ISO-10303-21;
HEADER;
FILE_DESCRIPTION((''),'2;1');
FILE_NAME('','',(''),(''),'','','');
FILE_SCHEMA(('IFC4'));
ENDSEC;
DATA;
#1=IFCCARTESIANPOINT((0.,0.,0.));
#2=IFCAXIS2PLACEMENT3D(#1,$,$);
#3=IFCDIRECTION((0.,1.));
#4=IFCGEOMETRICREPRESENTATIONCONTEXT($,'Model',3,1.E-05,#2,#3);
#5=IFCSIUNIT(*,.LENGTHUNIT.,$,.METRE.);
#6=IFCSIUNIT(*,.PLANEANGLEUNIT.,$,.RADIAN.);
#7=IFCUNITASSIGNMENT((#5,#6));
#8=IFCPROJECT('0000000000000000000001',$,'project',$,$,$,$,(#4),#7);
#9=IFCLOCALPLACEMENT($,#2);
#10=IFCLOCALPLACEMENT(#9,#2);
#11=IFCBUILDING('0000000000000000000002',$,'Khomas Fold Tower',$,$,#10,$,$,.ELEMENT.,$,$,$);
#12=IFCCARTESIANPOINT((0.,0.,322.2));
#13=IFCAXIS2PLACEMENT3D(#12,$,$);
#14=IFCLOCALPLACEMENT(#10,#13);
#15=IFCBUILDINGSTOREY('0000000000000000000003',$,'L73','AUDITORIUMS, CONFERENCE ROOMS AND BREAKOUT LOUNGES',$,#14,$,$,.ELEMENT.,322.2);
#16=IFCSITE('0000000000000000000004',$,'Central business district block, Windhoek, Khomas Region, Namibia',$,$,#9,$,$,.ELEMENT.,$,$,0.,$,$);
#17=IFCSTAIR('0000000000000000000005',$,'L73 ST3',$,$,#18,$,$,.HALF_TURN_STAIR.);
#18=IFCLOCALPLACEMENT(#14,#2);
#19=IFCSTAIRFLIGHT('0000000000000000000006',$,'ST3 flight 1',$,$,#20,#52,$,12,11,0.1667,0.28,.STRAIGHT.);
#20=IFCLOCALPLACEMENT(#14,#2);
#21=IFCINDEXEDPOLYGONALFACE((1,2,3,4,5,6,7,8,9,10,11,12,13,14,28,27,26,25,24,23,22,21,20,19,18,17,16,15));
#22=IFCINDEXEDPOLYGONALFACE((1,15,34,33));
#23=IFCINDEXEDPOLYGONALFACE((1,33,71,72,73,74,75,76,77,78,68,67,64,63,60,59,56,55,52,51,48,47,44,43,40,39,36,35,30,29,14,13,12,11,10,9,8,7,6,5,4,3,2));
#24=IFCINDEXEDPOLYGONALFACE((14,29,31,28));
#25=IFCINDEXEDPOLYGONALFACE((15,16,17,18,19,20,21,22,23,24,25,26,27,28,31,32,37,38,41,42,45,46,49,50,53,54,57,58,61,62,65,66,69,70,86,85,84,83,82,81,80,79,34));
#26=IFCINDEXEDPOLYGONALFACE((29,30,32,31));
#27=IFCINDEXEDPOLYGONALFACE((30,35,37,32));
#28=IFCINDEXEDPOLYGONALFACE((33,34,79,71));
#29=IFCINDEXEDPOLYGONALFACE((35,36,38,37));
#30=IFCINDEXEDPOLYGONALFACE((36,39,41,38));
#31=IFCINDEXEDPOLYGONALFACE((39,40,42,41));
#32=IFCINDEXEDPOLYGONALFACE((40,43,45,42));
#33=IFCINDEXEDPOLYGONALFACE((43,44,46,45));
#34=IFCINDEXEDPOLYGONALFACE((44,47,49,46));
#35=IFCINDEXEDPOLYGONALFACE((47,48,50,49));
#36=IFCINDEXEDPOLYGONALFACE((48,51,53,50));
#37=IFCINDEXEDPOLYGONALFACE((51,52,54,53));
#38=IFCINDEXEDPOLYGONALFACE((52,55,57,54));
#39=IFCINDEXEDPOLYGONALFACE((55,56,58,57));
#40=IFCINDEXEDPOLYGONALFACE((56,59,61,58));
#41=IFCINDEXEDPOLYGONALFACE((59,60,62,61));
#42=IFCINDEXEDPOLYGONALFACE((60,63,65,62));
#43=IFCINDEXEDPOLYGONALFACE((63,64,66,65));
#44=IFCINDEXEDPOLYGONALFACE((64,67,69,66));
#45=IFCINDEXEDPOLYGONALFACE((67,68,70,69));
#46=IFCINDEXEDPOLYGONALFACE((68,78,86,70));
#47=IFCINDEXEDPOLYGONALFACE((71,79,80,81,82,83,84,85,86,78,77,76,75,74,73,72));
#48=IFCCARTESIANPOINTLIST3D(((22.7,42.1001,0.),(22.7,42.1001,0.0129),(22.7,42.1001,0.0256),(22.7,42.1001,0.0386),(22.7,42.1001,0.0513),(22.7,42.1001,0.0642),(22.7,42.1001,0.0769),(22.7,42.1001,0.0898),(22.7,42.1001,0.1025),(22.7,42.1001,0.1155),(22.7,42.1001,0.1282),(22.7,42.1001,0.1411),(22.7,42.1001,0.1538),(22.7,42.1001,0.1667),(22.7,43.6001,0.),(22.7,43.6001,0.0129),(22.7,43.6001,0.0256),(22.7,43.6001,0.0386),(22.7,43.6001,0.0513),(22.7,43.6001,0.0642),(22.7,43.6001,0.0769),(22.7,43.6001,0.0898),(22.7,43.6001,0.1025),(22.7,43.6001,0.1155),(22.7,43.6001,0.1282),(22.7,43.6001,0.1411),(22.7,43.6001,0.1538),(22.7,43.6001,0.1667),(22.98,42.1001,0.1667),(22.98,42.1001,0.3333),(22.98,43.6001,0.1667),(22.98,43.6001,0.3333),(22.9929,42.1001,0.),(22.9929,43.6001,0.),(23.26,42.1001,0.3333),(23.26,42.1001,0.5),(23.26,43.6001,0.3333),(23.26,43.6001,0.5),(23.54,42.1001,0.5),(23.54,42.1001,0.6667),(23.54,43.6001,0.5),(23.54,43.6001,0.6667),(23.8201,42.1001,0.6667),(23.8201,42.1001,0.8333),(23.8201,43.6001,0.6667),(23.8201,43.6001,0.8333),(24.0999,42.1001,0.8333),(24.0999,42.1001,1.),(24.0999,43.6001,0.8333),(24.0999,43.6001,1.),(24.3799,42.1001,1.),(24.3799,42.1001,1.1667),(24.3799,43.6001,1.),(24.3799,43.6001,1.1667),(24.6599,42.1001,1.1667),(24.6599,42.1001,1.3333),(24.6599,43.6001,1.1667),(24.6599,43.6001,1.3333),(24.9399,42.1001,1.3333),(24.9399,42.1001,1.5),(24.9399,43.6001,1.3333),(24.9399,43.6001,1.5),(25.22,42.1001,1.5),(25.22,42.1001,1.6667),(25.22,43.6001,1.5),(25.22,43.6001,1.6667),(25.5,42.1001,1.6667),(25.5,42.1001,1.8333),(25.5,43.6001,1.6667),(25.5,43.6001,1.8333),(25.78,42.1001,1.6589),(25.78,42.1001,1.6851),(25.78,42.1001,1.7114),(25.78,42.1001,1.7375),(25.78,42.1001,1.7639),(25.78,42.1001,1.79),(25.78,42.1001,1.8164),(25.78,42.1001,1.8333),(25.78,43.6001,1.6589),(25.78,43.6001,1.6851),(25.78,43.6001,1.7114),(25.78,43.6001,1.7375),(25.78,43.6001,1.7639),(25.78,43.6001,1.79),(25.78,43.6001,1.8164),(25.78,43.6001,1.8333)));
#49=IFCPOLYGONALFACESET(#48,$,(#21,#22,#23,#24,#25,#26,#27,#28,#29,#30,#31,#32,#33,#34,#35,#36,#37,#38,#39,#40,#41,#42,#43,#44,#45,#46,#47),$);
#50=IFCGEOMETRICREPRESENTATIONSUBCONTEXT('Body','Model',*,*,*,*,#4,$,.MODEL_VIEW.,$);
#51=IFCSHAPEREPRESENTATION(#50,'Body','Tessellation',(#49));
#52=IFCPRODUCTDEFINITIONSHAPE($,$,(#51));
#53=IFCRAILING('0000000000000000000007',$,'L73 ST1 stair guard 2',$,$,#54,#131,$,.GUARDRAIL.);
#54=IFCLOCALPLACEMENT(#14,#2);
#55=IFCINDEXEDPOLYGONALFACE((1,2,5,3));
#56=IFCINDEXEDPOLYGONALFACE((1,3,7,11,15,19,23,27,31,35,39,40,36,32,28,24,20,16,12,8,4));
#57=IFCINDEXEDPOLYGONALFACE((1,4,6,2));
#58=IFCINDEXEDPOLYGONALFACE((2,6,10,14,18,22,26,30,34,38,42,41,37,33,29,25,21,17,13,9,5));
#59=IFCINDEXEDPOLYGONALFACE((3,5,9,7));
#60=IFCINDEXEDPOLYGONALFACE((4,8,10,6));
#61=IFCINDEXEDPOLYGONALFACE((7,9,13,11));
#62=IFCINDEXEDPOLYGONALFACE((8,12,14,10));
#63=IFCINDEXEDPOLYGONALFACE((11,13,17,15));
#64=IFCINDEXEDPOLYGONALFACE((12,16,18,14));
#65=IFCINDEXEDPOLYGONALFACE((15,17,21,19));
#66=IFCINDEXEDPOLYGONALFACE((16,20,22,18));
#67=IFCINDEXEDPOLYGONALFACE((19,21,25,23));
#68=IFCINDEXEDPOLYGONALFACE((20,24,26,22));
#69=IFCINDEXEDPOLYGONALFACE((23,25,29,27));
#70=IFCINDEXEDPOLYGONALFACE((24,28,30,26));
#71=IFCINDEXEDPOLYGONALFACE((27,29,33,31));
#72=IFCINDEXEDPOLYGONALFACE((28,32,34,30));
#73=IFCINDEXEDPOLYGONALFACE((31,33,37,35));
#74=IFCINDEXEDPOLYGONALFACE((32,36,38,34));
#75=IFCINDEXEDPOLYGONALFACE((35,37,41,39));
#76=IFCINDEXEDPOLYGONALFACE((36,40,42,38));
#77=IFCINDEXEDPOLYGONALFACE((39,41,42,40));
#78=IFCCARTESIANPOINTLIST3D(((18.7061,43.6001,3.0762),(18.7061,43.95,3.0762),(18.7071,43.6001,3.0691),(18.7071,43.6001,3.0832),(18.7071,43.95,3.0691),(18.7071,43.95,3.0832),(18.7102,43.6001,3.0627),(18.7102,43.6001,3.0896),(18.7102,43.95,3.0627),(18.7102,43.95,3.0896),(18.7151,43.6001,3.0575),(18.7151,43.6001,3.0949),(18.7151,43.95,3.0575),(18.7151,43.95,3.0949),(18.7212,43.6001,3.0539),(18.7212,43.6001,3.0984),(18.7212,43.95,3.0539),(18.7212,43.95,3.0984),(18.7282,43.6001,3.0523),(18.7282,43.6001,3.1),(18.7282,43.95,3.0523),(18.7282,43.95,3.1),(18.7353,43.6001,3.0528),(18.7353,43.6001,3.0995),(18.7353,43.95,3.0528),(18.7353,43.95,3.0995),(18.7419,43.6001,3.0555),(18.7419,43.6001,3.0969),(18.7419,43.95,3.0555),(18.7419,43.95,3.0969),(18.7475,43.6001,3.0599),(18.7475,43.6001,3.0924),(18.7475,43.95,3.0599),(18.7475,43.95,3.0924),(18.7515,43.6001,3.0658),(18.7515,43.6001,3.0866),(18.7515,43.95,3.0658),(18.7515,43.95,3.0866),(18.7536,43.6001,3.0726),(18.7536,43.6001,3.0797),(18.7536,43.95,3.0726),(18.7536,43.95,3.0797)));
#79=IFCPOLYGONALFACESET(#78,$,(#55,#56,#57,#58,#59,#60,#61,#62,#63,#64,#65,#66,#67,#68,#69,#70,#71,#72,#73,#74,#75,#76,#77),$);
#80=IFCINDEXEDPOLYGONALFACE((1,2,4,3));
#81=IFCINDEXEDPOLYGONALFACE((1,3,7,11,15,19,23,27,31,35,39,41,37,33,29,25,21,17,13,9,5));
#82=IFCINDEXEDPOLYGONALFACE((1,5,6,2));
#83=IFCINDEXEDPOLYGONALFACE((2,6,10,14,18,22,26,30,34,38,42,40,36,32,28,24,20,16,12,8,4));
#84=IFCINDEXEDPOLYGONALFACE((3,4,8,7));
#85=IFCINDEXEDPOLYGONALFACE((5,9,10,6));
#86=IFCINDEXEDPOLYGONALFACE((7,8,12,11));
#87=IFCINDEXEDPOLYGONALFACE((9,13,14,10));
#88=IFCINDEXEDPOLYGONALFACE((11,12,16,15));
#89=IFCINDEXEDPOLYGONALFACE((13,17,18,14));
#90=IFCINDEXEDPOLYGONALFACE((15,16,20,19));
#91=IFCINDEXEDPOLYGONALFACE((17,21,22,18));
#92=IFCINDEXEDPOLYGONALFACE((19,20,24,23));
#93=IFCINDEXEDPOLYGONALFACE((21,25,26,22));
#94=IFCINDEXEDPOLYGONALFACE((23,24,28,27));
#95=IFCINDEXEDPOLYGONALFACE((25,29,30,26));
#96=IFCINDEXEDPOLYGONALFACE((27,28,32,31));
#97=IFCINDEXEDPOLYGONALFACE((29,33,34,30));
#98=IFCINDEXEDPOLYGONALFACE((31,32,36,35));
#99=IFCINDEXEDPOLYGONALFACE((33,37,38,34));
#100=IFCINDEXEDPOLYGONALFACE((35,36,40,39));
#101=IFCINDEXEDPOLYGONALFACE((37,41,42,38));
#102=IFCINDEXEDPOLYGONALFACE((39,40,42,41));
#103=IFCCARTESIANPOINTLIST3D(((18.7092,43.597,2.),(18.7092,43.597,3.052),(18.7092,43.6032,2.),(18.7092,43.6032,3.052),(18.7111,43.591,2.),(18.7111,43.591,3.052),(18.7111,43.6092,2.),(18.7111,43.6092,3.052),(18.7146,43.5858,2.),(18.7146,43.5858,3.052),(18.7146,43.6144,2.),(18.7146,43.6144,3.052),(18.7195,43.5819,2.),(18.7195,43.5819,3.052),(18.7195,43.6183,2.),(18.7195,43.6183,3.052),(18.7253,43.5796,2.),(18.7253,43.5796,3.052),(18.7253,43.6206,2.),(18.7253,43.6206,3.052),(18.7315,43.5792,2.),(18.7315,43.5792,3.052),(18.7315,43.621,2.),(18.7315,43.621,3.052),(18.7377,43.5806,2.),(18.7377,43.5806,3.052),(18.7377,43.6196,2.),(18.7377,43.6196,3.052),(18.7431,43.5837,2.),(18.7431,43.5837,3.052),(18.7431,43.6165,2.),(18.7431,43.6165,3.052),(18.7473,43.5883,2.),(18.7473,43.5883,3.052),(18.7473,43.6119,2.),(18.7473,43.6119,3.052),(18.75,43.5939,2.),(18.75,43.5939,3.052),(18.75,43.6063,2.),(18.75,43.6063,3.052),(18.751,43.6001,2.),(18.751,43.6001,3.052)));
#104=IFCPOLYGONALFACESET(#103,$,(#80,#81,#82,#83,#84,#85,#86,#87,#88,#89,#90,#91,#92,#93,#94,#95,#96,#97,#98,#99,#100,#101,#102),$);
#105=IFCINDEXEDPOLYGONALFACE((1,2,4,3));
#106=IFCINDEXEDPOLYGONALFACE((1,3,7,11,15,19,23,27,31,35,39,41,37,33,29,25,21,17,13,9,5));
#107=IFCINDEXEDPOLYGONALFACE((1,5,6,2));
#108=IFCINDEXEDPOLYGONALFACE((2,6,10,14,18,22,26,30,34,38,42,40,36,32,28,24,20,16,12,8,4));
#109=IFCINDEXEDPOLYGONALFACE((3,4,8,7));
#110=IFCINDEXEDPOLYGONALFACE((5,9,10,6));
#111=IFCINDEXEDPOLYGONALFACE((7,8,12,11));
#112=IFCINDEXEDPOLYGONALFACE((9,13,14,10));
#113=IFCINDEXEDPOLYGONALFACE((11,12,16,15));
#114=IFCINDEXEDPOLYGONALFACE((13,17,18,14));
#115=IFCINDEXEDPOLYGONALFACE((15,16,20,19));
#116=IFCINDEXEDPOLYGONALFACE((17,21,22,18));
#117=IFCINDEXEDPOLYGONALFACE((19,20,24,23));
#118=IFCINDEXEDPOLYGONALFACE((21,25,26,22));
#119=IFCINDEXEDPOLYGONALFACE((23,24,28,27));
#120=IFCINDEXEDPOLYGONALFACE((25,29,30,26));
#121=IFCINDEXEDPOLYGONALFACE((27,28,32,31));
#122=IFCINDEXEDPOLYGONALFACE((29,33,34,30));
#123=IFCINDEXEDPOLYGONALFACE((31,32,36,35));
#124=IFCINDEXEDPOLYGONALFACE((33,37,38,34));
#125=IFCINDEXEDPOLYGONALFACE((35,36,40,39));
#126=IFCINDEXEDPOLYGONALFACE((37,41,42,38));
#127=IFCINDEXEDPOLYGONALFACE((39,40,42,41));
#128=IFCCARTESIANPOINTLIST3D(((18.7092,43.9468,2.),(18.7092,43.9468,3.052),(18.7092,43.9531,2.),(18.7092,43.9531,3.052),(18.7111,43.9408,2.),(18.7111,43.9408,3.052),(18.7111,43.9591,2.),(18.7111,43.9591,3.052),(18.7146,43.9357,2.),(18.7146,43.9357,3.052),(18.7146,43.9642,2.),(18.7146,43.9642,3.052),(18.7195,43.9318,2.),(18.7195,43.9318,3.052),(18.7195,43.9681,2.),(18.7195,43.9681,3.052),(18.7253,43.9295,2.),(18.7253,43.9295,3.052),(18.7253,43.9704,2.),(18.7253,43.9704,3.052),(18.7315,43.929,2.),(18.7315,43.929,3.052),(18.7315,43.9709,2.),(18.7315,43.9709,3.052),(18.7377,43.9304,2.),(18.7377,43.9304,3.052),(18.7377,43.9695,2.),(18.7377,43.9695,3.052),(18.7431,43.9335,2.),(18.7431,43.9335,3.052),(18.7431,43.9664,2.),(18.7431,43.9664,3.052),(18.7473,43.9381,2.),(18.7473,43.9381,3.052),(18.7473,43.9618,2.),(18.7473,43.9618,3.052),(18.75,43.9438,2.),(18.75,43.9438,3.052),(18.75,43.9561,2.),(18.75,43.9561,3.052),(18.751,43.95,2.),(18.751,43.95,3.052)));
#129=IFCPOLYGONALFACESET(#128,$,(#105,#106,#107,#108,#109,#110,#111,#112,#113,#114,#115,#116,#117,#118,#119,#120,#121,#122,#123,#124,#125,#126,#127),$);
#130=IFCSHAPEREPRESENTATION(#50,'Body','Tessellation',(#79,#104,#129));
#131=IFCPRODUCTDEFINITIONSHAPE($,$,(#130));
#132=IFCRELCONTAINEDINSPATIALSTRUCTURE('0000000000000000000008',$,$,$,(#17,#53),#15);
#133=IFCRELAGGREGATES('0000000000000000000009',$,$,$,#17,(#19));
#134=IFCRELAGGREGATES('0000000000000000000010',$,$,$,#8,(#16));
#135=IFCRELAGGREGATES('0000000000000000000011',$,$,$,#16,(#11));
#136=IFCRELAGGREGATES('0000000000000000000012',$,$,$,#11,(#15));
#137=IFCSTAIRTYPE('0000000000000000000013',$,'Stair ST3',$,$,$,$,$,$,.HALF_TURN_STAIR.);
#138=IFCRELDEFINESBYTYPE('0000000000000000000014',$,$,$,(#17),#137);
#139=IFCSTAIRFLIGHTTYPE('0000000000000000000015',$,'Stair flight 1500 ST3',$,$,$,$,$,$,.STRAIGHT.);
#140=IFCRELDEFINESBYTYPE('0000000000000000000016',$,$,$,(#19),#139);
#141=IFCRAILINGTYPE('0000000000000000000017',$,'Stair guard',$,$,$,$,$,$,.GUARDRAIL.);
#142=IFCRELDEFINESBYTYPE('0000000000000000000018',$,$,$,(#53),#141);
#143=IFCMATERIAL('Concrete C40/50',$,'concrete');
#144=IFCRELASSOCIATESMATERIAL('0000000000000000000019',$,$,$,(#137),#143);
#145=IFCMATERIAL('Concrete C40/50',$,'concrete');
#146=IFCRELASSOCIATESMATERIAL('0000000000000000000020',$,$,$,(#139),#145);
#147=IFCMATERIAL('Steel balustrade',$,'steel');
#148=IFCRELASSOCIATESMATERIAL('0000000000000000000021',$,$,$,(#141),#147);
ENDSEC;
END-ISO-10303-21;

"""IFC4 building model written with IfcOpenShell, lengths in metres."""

from ifc_helpers import new_model, si_unit, direction, frame, origin, origin_2d, place, context, subcontext, project, spatial, polyline, circle, outline, extrude, source, transform, mapped, material, type_object, element, aggregate, save


model = new_model("IFC4")

# Units and contexts
model_context = context("Model", 3, precision=1e-05, world=origin(), true_north=direction((0.0, 1.0)))
body_context = subcontext(model_context, "Body", "Model", "MODEL_VIEW")
ifc_project = project(units=[si_unit("LENGTHUNIT", "METRE"), si_unit("PLANEANGLEUNIT", "RADIAN")], contexts=[model_context])

# Site, building, storey
site_placement = place(None, origin())
site = spatial("IfcSite", under=ifc_project, at=site_placement, Name="Central business district block, Windhoek, Khomas Region, Namibia", CompositionType="ELEMENT", RefElevation=0.0)
building_placement = place(site_placement, origin())
building = spatial("IfcBuilding", under=site, at=building_placement, Name="Khomas Fold Tower", CompositionType="ELEMENT")
storey_placement = place(building_placement, frame((0.0, 0.0, 322.2)))
storey = spatial("IfcBuildingStorey", under=building, at=storey_placement, Name="L73", Description="AUDITORIUMS, CONFERENCE ROOMS AND BREAKOUT LOUNGES", CompositionType="ELEMENT", Elevation=322.2)

# Shared definitions
shared_shape_1 = source(origin(), body_context, "Body", "SweptSolid", [
    extrude(outline(polyline([(0.0, 0.0), (0.0, 0.0129), (0.0, 0.0256), (0.0, 0.0386), (0.0, 0.0513), (0.0, 0.0642), (0.0, 0.0769), (0.0, 0.0898), (0.0, 0.1025), (0.0, 0.1155), (0.0, 0.1282), (0.0, 0.1411), (0.0, 0.1538), (0.0, 0.1667), (0.28, 0.1667), (0.28, 0.3333), (0.5601, 0.3333), (0.5601, 0.5), (0.8401, 0.5), (0.8401, 0.6667), (1.1201, 0.6667), (1.1201, 0.8333), (1.3999, 0.8333), (1.3999, 1.0), (1.6799, 1.0), (1.6799, 1.1667), (1.96, 1.1667), (1.96, 1.3333), (2.24, 1.3333), (2.24, 1.5), (2.52, 1.5), (2.52, 1.6667), (2.8, 1.6667), (2.8, 1.8333), (3.0801, 1.8333), (3.0801, 2.0), (3.0801, 1.9739), (3.0801, 1.9475), (3.0801, 1.9214), (3.0801, 1.895), (3.0801, 1.8689), (3.0801, 1.8425), (3.0801, 1.8164), (3.0801, 1.79), (3.0801, 1.7639), (3.0801, 1.7375), (3.0801, 1.7114), (3.0801, 1.6851), (3.0801, 1.6589), (0.293, 0.0), (0.0, 0.0)])), frame((0.0, 0.75, 0.0), z_axis=(0.0, -1.0, 0.0), x_axis=(1.0, 0.0, 0.0)), (0.0, 0.0, 1.0), 1.5),
])

# Stair, stair flight
ifc_material_1 = material(Name="Concrete C40/50", Category="concrete")
stair_type_1 = type_object("IfcStairType", Name="Stair ST3", PredefinedType="HALF_TURN_STAIR", material=ifc_material_1)
stair_1_placement = place(storey_placement, origin())
stair_1 = element("IfcStair", 1, at=stair_1_placement, inside=storey, type_object=stair_type_1, Name="L73 ST3", PredefinedType="HALF_TURN_STAIR")
ifc_material_2 = material(Name="Concrete C40/50", Category="concrete")
stair_flight_type_1 = type_object("IfcStairFlightType", Name="Stair flight 1500 ST3", PredefinedType="STRAIGHT", material=ifc_material_2)
stair_flight_1_placement = place(storey_placement, frame((22.7, 42.8501, 0.0), z_axis=(0.0, 0.0, 1.0), x_axis=(1.0, 0.0, 0.0)))
stair_flight_1 = element("IfcStairFlight", 2, at=stair_flight_1_placement, type_object=stair_flight_type_1, Name="ST3 flight 1", NumberOfRisers=12, NumberOfTreads=11, PredefinedType="STRAIGHT", RiserHeight=0.1667, TreadLength=0.28, context=body_context, shape_type="MappedRepresentation", body=[
    mapped(shared_shape_1, transform((0.0, 0.0, 0.0))),
])
aggregate(stair_1, [stair_flight_1])

# Railing
ifc_material_3 = material(Name="Steel balustrade", Category="steel")
railing_type_1 = type_object("IfcRailingType", Name="Stair guard", PredefinedType="GUARDRAIL", material=ifc_material_3)
shared_shape_2 = source(origin(), body_context, "Body", "SweptSolid", [
    extrude(circle(Radius=0.0239, at=origin_2d()), frame((0.0, 0.0, 1.0762), z_axis=(0.0, 1.0, 0.0), x_axis=(-1.0, 0.0, 0.0)), (0.0, 0.0, 1.0), 0.3499),
    extrude(circle(Radius=0.021, at=origin_2d()), origin(), (0.0, 0.0, 1.0), 1.052),
    extrude(circle(Radius=0.021, at=origin_2d()), frame((0.0, 0.3499, 0.0)), (0.0, 0.0, 1.0), 1.052),
])
for number, where, name in (
    (3, (18.73, 43.6001, 2.0), "L73 ST1 stair guard 2"),
):
    element("IfcRailing", number, at=place(storey_placement, frame(where)), inside=storey, type_object=railing_type_1, Name=name, PredefinedType="GUARDRAIL", context=body_context, shape_type="MappedRepresentation", body=[
        mapped(shared_shape_2, transform((0.0, 0.0, 0.0))),
    ])

save(model, "model.ifc")
